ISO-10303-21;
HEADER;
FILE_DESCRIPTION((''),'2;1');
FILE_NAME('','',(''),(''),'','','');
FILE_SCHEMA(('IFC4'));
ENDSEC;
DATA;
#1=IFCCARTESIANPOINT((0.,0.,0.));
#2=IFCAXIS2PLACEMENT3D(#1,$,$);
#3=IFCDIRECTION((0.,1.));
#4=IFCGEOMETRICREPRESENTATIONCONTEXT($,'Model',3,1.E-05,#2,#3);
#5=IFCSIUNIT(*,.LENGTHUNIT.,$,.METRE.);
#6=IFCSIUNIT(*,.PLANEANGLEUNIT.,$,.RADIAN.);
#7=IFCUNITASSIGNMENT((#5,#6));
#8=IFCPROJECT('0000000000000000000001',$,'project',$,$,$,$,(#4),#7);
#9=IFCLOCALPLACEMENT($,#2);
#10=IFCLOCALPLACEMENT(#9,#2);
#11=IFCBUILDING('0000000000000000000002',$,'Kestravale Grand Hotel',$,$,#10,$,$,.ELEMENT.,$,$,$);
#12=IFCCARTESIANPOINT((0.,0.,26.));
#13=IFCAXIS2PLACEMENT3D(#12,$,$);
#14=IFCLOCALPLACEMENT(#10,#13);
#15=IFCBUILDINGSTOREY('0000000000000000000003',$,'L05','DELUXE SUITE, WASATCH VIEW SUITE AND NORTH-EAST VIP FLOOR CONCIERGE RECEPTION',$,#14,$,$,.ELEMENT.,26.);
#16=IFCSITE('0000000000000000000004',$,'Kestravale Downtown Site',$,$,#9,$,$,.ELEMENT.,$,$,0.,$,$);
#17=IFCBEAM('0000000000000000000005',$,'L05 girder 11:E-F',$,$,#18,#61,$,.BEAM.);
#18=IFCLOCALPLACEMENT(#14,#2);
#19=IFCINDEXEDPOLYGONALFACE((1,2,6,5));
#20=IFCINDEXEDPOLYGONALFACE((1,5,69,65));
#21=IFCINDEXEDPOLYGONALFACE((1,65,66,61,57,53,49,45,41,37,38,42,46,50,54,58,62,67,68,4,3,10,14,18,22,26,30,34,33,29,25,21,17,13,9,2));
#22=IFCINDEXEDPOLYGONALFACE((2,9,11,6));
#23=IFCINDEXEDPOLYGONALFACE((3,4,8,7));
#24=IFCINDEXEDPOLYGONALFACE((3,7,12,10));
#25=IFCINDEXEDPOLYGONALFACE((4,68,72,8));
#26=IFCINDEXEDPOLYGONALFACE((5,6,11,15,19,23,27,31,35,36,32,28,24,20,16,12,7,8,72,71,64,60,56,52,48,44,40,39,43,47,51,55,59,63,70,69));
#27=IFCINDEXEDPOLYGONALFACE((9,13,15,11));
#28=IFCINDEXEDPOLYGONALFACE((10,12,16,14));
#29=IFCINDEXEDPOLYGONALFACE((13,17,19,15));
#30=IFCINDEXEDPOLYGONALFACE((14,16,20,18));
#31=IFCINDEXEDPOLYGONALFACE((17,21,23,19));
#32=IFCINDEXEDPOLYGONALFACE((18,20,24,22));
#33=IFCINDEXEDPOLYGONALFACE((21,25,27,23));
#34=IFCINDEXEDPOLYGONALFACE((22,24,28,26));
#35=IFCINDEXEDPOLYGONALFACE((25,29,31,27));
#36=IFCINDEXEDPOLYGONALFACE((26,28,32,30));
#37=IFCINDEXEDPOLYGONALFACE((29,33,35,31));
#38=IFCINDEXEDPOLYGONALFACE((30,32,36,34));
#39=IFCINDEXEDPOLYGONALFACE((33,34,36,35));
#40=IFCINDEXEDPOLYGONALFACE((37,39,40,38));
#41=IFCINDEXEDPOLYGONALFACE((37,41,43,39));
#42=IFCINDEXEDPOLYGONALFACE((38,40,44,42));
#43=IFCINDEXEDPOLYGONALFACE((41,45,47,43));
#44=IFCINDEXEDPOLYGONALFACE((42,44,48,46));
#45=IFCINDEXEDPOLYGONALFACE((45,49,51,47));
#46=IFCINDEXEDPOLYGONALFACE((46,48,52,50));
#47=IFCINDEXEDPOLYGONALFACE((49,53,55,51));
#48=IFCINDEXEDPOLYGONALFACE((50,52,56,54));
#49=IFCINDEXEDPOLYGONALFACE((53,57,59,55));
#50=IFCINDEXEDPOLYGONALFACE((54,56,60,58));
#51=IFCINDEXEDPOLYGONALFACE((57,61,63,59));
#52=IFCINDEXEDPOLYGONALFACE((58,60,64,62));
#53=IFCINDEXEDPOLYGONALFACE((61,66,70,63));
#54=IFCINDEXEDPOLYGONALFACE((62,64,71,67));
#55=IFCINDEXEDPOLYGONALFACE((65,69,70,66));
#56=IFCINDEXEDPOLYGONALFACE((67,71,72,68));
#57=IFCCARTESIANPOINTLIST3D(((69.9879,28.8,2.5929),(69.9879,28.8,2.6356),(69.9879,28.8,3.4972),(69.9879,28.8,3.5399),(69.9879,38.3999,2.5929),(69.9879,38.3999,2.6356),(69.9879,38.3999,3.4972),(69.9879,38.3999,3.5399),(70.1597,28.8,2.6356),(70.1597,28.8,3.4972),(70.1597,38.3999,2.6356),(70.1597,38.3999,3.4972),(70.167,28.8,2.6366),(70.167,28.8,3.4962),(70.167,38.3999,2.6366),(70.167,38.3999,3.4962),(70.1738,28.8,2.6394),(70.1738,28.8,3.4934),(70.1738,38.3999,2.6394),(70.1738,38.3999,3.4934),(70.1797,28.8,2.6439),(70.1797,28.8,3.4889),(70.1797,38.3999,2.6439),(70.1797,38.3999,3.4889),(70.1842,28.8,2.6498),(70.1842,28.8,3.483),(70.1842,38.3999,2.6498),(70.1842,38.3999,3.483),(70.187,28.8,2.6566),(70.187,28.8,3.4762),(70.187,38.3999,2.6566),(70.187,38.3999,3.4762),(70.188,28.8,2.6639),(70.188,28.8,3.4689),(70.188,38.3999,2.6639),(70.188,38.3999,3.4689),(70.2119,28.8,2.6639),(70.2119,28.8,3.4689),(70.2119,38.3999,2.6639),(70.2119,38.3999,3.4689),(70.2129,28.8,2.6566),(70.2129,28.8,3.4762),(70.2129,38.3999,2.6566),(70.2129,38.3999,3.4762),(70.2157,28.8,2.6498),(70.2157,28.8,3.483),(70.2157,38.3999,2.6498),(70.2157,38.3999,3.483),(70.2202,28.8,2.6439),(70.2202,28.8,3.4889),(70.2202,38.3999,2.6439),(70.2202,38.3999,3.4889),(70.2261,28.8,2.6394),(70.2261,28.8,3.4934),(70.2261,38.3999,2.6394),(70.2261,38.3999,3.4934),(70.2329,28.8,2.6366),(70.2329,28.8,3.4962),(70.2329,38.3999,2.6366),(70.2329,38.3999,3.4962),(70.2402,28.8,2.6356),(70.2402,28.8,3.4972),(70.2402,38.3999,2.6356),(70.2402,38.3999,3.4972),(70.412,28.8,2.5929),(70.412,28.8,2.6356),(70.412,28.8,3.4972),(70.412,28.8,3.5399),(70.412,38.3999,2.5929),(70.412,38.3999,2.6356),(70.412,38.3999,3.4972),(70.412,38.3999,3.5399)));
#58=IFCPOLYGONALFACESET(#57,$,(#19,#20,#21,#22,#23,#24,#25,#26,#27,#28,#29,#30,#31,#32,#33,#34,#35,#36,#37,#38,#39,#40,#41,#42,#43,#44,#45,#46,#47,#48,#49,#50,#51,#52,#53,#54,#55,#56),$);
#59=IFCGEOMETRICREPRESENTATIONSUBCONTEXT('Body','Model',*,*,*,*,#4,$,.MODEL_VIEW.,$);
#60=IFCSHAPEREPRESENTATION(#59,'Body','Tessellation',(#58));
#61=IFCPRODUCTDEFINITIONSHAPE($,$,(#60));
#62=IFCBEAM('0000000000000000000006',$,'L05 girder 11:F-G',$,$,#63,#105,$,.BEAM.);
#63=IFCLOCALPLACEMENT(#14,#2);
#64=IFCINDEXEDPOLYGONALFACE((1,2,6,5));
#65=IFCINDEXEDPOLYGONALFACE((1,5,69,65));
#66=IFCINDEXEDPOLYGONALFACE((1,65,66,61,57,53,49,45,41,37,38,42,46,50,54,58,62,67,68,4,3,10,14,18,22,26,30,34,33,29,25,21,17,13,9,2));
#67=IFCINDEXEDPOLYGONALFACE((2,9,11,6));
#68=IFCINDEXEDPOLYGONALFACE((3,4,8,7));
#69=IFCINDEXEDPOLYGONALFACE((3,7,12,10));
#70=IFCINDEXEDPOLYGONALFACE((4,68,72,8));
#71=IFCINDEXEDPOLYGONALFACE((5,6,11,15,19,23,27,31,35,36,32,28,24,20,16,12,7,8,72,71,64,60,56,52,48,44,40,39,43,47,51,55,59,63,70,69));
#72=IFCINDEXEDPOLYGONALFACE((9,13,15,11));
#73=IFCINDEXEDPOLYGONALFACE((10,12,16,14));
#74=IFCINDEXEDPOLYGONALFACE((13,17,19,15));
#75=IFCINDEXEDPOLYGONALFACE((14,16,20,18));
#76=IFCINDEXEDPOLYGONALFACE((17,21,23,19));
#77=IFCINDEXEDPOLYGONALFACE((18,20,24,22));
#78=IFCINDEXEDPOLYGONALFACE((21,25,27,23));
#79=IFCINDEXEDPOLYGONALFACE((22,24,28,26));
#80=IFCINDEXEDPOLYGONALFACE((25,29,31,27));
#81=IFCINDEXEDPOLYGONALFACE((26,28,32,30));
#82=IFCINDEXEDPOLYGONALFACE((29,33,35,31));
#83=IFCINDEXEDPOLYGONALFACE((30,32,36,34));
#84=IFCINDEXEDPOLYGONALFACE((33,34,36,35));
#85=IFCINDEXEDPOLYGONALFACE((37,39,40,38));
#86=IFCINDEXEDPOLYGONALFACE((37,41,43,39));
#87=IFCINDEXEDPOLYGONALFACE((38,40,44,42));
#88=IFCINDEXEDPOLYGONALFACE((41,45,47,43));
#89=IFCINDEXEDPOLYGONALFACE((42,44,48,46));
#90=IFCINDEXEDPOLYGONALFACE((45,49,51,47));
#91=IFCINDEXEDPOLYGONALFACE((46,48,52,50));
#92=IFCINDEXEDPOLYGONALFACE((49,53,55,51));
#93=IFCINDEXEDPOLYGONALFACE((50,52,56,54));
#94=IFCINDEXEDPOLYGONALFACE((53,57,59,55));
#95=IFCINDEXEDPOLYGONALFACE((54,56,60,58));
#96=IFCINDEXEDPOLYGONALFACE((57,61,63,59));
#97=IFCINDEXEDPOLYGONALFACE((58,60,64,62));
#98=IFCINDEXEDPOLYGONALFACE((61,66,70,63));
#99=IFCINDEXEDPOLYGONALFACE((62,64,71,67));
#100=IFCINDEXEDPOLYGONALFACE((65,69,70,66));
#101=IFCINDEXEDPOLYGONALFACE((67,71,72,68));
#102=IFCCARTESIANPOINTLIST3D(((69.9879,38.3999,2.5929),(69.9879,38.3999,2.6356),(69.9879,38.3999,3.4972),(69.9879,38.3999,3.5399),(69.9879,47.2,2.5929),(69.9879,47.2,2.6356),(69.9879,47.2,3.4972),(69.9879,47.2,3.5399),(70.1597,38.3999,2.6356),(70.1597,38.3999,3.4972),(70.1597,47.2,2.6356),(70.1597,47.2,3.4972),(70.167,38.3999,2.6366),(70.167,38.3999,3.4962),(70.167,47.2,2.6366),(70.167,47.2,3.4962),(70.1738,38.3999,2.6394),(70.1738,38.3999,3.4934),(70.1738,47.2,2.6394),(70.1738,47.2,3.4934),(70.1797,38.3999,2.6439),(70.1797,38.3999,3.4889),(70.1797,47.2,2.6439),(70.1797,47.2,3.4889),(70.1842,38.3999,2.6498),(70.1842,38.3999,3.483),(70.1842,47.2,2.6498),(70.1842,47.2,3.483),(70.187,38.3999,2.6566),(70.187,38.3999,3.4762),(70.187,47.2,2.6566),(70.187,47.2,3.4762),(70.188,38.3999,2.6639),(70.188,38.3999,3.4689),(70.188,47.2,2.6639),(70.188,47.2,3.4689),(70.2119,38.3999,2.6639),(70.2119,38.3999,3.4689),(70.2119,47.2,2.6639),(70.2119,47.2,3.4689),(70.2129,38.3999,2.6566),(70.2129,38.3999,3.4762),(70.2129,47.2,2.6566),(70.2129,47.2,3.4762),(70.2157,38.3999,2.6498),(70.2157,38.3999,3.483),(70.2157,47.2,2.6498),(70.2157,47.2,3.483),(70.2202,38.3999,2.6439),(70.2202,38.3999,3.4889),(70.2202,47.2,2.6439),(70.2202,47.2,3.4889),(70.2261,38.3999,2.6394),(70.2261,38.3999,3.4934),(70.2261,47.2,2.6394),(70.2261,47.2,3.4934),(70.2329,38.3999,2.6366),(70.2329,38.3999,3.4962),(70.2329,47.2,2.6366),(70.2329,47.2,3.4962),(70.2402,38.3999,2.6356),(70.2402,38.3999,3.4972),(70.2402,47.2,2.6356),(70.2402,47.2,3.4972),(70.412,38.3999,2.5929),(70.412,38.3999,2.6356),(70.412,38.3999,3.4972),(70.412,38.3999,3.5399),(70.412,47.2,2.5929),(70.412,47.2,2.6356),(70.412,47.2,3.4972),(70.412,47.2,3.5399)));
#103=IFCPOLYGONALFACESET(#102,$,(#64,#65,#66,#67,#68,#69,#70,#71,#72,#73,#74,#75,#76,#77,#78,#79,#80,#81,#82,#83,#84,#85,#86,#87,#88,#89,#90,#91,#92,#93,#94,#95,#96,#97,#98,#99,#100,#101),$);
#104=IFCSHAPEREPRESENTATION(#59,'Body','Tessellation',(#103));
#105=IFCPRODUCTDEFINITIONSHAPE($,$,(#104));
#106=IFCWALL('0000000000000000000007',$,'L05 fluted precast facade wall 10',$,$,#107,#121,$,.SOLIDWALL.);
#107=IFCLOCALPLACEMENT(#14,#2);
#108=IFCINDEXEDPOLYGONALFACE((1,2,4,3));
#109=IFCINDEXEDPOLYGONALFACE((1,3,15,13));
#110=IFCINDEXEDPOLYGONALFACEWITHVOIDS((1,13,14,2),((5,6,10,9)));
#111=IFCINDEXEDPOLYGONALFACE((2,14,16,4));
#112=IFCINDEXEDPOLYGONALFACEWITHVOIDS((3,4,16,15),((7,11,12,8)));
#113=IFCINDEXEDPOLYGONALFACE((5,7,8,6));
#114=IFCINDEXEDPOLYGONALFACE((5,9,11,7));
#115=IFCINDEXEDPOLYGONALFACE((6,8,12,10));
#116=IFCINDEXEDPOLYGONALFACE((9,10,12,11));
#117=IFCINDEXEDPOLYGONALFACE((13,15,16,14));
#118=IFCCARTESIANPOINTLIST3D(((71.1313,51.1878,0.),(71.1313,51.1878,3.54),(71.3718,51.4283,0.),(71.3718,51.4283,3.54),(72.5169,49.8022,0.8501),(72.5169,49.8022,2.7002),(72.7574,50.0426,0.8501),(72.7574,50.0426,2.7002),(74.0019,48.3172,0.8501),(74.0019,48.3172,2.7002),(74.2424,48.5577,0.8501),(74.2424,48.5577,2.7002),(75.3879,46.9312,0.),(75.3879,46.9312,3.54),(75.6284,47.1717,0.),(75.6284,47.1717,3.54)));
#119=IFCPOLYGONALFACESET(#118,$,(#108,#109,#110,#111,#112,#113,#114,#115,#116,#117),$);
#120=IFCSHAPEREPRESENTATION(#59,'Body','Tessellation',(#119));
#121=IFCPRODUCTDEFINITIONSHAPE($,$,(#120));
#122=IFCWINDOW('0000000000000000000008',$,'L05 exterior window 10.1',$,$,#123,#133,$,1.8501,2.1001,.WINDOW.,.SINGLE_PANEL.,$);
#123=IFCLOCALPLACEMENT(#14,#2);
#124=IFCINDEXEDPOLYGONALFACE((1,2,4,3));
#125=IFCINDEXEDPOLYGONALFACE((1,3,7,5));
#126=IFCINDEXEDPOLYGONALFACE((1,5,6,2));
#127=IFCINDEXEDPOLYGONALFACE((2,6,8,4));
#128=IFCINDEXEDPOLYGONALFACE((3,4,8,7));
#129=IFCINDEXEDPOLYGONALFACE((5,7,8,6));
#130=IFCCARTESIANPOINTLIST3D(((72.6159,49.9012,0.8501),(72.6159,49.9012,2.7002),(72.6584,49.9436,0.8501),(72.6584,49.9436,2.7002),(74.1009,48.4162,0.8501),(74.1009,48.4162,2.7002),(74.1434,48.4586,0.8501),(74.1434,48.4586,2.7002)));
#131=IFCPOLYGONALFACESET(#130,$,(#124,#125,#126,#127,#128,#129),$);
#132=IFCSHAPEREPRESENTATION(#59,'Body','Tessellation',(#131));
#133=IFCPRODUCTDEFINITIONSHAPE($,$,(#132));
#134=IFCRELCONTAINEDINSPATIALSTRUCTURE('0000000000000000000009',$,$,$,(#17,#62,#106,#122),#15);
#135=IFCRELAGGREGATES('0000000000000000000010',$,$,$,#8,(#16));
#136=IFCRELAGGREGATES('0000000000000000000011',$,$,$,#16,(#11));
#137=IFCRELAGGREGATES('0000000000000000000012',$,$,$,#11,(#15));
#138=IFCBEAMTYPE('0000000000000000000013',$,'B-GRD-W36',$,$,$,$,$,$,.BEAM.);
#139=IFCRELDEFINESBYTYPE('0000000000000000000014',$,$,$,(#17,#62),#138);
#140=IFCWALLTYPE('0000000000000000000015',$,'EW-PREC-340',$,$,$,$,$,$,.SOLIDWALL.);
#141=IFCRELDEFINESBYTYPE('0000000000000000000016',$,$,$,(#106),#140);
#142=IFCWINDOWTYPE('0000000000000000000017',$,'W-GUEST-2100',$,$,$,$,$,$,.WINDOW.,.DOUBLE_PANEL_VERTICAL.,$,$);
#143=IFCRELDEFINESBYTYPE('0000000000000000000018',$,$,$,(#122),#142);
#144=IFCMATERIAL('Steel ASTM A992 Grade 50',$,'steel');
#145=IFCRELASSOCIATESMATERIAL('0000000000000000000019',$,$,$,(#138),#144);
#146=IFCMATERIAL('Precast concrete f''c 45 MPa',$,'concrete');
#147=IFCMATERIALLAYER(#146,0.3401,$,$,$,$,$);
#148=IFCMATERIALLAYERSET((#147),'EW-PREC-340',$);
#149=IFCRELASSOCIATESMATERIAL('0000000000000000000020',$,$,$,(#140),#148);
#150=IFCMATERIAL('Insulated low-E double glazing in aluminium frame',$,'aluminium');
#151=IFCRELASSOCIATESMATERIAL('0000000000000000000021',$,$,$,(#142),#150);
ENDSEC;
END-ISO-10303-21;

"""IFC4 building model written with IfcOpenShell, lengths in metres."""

from ifc_helpers import new_model, si_unit, direction, frame, frame_2d, origin, origin_2d, place, context, subcontext, project, spatial, rectangle, i_section, extrude, material, layer, layer_set, material_profile, profile_set, type_object, element, fill, save


model = new_model("IFC4")

# Units and contexts
model_context = context("Model", 3, precision=1e-05, world=origin(), true_north=direction((0.0, 1.0)))
body_context = subcontext(model_context, "Body", "Model", "MODEL_VIEW")
ifc_project = project(units=[si_unit("LENGTHUNIT", "METRE"), si_unit("PLANEANGLEUNIT", "RADIAN")], contexts=[model_context])

# Site, building, storey
site_placement = place(None, origin())
site = spatial("IfcSite", under=ifc_project, at=site_placement, Name="Kestravale Downtown Site", CompositionType="ELEMENT", RefElevation=0.0)
building_placement = place(site_placement, origin())
building = spatial("IfcBuilding", under=site, at=building_placement, Name="Kestravale Grand Hotel", CompositionType="ELEMENT")
storey_placement = place(building_placement, frame((0.0, 0.0, 26.0)))
storey = spatial("IfcBuildingStorey", under=building, at=storey_placement, Name="L05", Description="DELUXE SUITE, WASATCH VIEW SUITE AND NORTH-EAST VIP FLOOR CONCIERGE RECEPTION", CompositionType="ELEMENT", Elevation=26.0)

# Beams
ifc_material_1 = material(Name="Steel ASTM A992 Grade 50", Category="steel")
ifc_material_profile_1 = material_profile(ifc_material_1, i_section(OverallWidth=0.4241, OverallDepth=0.947, WebThickness=0.0239, FlangeThickness=0.0427, FilletRadius=0.0283, at=origin_2d()))
ifc_profile_set_1 = profile_set([ifc_material_profile_1], Name="Steel ASTM A992 Grade 50")
beam_type_1 = type_object("IfcBeamType", Name="B-GRD-W36", PredefinedType="BEAM", material=ifc_profile_set_1)
beam_1_placement = place(storey_placement, frame((70.2, 28.8, 3.0664), z_axis=(0.0, 1.0, 0.0), x_axis=(-1.0, 0.0, 0.0)))
element("IfcBeam", 1, at=beam_1_placement, inside=storey, type_object=beam_type_1, Name="L05 girder 11:E-F", PredefinedType="BEAM", context=body_context, shape_type="SweptSolid", body=[
    extrude(i_section(OverallWidth=0.4241, OverallDepth=0.947, WebThickness=0.0239, FlangeThickness=0.0427, FilletRadius=0.0283, at=origin_2d()), origin(), (0.0, 0.0, 1.0), 9.5999),
])
beam_2_placement = place(storey_placement, frame((70.2, 38.3999, 3.0664), z_axis=(0.0, 1.0, 0.0), x_axis=(-1.0, 0.0, 0.0)))
element("IfcBeam", 2, at=beam_2_placement, inside=storey, type_object=beam_type_1, Name="L05 girder 11:F-G", PredefinedType="BEAM", context=body_context, shape_type="SweptSolid", body=[
    extrude(i_section(OverallWidth=0.4241, OverallDepth=0.947, WebThickness=0.0239, FlangeThickness=0.0427, FilletRadius=0.0283, at=origin_2d()), origin(), (0.0, 0.0, 1.0), 8.8),
])

# Wall, opening, window
ifc_material_2 = material(Name="Precast concrete f'c 45 MPa", Category="concrete")
ifc_layer_1 = layer(ifc_material_2, 0.3401)
ifc_layer_set_1 = layer_set([ifc_layer_1], Name="EW-PREC-340")
wall_type_1 = type_object("IfcWallType", Name="EW-PREC-340", PredefinedType="SOLIDWALL", material=ifc_layer_set_1)
wall_1_placement = place(storey_placement, frame((75.5081, 47.0515, 0.0), z_axis=(0.0, 0.0, 1.0), x_axis=(-0.707107, 0.707107, 0.0)))
wall_1 = element("IfcWall", 3, at=wall_1_placement, inside=storey, type_object=wall_type_1, Name="L05 fluted precast facade wall 10", PredefinedType="SOLIDWALL", context=body_context, shape_type="SweptSolid", body=[
    extrude(rectangle(XDim=6.0198, YDim=0.3401, at=frame_2d((3.0098, 0.0))), origin(), (0.0, 0.0, 1.0), 3.54),
])
opening_1_placement = place(wall_1_placement, frame((1.96, 0.0, 0.8501)))
opening_1 = element("IfcOpeningElement", 4, at=opening_1_placement, cuts=wall_1, PredefinedType="OPENING", context=body_context, shape_type="SweptSolid", body=[
    extrude(rectangle(XDim=2.1001, YDim=1.8501, at=frame_2d((1.05, 0.925))), frame((0.0, 0.1799, 0.0), z_axis=(0.0, -1.0, 0.0), x_axis=(1.0, 0.0, 0.0)), (0.0, 0.0, 1.0), 0.3601),
])
ifc_material_3 = material(Name="Insulated low-E double glazing in aluminium frame", Category="aluminium")
window_type = type_object("IfcWindowType", Name="W-GUEST-2100", PartitioningType="DOUBLE_PANEL_VERTICAL", PredefinedType="WINDOW", material=ifc_material_3)
window_1_placement = place(opening_1_placement, origin())
window_1 = element("IfcWindow", 5, at=window_1_placement, inside=storey, type_object=window_type, Name="L05 exterior window 10.1", OverallHeight=1.8501, OverallWidth=2.1001, PartitioningType="SINGLE_PANEL", PredefinedType="WINDOW", context=body_context, shape_type="SweptSolid", body=[
    extrude(rectangle(XDim=2.1001, YDim=1.8501, at=frame_2d((1.05, 0.925))), frame((0.0, 0.03, 0.0), z_axis=(0.0, -1.0, 0.0), x_axis=(1.0, 0.0, 0.0)), (0.0, 0.0, 1.0), 0.0601),
])
fill(opening_1, window_1)

save(model, "model.ifc")
